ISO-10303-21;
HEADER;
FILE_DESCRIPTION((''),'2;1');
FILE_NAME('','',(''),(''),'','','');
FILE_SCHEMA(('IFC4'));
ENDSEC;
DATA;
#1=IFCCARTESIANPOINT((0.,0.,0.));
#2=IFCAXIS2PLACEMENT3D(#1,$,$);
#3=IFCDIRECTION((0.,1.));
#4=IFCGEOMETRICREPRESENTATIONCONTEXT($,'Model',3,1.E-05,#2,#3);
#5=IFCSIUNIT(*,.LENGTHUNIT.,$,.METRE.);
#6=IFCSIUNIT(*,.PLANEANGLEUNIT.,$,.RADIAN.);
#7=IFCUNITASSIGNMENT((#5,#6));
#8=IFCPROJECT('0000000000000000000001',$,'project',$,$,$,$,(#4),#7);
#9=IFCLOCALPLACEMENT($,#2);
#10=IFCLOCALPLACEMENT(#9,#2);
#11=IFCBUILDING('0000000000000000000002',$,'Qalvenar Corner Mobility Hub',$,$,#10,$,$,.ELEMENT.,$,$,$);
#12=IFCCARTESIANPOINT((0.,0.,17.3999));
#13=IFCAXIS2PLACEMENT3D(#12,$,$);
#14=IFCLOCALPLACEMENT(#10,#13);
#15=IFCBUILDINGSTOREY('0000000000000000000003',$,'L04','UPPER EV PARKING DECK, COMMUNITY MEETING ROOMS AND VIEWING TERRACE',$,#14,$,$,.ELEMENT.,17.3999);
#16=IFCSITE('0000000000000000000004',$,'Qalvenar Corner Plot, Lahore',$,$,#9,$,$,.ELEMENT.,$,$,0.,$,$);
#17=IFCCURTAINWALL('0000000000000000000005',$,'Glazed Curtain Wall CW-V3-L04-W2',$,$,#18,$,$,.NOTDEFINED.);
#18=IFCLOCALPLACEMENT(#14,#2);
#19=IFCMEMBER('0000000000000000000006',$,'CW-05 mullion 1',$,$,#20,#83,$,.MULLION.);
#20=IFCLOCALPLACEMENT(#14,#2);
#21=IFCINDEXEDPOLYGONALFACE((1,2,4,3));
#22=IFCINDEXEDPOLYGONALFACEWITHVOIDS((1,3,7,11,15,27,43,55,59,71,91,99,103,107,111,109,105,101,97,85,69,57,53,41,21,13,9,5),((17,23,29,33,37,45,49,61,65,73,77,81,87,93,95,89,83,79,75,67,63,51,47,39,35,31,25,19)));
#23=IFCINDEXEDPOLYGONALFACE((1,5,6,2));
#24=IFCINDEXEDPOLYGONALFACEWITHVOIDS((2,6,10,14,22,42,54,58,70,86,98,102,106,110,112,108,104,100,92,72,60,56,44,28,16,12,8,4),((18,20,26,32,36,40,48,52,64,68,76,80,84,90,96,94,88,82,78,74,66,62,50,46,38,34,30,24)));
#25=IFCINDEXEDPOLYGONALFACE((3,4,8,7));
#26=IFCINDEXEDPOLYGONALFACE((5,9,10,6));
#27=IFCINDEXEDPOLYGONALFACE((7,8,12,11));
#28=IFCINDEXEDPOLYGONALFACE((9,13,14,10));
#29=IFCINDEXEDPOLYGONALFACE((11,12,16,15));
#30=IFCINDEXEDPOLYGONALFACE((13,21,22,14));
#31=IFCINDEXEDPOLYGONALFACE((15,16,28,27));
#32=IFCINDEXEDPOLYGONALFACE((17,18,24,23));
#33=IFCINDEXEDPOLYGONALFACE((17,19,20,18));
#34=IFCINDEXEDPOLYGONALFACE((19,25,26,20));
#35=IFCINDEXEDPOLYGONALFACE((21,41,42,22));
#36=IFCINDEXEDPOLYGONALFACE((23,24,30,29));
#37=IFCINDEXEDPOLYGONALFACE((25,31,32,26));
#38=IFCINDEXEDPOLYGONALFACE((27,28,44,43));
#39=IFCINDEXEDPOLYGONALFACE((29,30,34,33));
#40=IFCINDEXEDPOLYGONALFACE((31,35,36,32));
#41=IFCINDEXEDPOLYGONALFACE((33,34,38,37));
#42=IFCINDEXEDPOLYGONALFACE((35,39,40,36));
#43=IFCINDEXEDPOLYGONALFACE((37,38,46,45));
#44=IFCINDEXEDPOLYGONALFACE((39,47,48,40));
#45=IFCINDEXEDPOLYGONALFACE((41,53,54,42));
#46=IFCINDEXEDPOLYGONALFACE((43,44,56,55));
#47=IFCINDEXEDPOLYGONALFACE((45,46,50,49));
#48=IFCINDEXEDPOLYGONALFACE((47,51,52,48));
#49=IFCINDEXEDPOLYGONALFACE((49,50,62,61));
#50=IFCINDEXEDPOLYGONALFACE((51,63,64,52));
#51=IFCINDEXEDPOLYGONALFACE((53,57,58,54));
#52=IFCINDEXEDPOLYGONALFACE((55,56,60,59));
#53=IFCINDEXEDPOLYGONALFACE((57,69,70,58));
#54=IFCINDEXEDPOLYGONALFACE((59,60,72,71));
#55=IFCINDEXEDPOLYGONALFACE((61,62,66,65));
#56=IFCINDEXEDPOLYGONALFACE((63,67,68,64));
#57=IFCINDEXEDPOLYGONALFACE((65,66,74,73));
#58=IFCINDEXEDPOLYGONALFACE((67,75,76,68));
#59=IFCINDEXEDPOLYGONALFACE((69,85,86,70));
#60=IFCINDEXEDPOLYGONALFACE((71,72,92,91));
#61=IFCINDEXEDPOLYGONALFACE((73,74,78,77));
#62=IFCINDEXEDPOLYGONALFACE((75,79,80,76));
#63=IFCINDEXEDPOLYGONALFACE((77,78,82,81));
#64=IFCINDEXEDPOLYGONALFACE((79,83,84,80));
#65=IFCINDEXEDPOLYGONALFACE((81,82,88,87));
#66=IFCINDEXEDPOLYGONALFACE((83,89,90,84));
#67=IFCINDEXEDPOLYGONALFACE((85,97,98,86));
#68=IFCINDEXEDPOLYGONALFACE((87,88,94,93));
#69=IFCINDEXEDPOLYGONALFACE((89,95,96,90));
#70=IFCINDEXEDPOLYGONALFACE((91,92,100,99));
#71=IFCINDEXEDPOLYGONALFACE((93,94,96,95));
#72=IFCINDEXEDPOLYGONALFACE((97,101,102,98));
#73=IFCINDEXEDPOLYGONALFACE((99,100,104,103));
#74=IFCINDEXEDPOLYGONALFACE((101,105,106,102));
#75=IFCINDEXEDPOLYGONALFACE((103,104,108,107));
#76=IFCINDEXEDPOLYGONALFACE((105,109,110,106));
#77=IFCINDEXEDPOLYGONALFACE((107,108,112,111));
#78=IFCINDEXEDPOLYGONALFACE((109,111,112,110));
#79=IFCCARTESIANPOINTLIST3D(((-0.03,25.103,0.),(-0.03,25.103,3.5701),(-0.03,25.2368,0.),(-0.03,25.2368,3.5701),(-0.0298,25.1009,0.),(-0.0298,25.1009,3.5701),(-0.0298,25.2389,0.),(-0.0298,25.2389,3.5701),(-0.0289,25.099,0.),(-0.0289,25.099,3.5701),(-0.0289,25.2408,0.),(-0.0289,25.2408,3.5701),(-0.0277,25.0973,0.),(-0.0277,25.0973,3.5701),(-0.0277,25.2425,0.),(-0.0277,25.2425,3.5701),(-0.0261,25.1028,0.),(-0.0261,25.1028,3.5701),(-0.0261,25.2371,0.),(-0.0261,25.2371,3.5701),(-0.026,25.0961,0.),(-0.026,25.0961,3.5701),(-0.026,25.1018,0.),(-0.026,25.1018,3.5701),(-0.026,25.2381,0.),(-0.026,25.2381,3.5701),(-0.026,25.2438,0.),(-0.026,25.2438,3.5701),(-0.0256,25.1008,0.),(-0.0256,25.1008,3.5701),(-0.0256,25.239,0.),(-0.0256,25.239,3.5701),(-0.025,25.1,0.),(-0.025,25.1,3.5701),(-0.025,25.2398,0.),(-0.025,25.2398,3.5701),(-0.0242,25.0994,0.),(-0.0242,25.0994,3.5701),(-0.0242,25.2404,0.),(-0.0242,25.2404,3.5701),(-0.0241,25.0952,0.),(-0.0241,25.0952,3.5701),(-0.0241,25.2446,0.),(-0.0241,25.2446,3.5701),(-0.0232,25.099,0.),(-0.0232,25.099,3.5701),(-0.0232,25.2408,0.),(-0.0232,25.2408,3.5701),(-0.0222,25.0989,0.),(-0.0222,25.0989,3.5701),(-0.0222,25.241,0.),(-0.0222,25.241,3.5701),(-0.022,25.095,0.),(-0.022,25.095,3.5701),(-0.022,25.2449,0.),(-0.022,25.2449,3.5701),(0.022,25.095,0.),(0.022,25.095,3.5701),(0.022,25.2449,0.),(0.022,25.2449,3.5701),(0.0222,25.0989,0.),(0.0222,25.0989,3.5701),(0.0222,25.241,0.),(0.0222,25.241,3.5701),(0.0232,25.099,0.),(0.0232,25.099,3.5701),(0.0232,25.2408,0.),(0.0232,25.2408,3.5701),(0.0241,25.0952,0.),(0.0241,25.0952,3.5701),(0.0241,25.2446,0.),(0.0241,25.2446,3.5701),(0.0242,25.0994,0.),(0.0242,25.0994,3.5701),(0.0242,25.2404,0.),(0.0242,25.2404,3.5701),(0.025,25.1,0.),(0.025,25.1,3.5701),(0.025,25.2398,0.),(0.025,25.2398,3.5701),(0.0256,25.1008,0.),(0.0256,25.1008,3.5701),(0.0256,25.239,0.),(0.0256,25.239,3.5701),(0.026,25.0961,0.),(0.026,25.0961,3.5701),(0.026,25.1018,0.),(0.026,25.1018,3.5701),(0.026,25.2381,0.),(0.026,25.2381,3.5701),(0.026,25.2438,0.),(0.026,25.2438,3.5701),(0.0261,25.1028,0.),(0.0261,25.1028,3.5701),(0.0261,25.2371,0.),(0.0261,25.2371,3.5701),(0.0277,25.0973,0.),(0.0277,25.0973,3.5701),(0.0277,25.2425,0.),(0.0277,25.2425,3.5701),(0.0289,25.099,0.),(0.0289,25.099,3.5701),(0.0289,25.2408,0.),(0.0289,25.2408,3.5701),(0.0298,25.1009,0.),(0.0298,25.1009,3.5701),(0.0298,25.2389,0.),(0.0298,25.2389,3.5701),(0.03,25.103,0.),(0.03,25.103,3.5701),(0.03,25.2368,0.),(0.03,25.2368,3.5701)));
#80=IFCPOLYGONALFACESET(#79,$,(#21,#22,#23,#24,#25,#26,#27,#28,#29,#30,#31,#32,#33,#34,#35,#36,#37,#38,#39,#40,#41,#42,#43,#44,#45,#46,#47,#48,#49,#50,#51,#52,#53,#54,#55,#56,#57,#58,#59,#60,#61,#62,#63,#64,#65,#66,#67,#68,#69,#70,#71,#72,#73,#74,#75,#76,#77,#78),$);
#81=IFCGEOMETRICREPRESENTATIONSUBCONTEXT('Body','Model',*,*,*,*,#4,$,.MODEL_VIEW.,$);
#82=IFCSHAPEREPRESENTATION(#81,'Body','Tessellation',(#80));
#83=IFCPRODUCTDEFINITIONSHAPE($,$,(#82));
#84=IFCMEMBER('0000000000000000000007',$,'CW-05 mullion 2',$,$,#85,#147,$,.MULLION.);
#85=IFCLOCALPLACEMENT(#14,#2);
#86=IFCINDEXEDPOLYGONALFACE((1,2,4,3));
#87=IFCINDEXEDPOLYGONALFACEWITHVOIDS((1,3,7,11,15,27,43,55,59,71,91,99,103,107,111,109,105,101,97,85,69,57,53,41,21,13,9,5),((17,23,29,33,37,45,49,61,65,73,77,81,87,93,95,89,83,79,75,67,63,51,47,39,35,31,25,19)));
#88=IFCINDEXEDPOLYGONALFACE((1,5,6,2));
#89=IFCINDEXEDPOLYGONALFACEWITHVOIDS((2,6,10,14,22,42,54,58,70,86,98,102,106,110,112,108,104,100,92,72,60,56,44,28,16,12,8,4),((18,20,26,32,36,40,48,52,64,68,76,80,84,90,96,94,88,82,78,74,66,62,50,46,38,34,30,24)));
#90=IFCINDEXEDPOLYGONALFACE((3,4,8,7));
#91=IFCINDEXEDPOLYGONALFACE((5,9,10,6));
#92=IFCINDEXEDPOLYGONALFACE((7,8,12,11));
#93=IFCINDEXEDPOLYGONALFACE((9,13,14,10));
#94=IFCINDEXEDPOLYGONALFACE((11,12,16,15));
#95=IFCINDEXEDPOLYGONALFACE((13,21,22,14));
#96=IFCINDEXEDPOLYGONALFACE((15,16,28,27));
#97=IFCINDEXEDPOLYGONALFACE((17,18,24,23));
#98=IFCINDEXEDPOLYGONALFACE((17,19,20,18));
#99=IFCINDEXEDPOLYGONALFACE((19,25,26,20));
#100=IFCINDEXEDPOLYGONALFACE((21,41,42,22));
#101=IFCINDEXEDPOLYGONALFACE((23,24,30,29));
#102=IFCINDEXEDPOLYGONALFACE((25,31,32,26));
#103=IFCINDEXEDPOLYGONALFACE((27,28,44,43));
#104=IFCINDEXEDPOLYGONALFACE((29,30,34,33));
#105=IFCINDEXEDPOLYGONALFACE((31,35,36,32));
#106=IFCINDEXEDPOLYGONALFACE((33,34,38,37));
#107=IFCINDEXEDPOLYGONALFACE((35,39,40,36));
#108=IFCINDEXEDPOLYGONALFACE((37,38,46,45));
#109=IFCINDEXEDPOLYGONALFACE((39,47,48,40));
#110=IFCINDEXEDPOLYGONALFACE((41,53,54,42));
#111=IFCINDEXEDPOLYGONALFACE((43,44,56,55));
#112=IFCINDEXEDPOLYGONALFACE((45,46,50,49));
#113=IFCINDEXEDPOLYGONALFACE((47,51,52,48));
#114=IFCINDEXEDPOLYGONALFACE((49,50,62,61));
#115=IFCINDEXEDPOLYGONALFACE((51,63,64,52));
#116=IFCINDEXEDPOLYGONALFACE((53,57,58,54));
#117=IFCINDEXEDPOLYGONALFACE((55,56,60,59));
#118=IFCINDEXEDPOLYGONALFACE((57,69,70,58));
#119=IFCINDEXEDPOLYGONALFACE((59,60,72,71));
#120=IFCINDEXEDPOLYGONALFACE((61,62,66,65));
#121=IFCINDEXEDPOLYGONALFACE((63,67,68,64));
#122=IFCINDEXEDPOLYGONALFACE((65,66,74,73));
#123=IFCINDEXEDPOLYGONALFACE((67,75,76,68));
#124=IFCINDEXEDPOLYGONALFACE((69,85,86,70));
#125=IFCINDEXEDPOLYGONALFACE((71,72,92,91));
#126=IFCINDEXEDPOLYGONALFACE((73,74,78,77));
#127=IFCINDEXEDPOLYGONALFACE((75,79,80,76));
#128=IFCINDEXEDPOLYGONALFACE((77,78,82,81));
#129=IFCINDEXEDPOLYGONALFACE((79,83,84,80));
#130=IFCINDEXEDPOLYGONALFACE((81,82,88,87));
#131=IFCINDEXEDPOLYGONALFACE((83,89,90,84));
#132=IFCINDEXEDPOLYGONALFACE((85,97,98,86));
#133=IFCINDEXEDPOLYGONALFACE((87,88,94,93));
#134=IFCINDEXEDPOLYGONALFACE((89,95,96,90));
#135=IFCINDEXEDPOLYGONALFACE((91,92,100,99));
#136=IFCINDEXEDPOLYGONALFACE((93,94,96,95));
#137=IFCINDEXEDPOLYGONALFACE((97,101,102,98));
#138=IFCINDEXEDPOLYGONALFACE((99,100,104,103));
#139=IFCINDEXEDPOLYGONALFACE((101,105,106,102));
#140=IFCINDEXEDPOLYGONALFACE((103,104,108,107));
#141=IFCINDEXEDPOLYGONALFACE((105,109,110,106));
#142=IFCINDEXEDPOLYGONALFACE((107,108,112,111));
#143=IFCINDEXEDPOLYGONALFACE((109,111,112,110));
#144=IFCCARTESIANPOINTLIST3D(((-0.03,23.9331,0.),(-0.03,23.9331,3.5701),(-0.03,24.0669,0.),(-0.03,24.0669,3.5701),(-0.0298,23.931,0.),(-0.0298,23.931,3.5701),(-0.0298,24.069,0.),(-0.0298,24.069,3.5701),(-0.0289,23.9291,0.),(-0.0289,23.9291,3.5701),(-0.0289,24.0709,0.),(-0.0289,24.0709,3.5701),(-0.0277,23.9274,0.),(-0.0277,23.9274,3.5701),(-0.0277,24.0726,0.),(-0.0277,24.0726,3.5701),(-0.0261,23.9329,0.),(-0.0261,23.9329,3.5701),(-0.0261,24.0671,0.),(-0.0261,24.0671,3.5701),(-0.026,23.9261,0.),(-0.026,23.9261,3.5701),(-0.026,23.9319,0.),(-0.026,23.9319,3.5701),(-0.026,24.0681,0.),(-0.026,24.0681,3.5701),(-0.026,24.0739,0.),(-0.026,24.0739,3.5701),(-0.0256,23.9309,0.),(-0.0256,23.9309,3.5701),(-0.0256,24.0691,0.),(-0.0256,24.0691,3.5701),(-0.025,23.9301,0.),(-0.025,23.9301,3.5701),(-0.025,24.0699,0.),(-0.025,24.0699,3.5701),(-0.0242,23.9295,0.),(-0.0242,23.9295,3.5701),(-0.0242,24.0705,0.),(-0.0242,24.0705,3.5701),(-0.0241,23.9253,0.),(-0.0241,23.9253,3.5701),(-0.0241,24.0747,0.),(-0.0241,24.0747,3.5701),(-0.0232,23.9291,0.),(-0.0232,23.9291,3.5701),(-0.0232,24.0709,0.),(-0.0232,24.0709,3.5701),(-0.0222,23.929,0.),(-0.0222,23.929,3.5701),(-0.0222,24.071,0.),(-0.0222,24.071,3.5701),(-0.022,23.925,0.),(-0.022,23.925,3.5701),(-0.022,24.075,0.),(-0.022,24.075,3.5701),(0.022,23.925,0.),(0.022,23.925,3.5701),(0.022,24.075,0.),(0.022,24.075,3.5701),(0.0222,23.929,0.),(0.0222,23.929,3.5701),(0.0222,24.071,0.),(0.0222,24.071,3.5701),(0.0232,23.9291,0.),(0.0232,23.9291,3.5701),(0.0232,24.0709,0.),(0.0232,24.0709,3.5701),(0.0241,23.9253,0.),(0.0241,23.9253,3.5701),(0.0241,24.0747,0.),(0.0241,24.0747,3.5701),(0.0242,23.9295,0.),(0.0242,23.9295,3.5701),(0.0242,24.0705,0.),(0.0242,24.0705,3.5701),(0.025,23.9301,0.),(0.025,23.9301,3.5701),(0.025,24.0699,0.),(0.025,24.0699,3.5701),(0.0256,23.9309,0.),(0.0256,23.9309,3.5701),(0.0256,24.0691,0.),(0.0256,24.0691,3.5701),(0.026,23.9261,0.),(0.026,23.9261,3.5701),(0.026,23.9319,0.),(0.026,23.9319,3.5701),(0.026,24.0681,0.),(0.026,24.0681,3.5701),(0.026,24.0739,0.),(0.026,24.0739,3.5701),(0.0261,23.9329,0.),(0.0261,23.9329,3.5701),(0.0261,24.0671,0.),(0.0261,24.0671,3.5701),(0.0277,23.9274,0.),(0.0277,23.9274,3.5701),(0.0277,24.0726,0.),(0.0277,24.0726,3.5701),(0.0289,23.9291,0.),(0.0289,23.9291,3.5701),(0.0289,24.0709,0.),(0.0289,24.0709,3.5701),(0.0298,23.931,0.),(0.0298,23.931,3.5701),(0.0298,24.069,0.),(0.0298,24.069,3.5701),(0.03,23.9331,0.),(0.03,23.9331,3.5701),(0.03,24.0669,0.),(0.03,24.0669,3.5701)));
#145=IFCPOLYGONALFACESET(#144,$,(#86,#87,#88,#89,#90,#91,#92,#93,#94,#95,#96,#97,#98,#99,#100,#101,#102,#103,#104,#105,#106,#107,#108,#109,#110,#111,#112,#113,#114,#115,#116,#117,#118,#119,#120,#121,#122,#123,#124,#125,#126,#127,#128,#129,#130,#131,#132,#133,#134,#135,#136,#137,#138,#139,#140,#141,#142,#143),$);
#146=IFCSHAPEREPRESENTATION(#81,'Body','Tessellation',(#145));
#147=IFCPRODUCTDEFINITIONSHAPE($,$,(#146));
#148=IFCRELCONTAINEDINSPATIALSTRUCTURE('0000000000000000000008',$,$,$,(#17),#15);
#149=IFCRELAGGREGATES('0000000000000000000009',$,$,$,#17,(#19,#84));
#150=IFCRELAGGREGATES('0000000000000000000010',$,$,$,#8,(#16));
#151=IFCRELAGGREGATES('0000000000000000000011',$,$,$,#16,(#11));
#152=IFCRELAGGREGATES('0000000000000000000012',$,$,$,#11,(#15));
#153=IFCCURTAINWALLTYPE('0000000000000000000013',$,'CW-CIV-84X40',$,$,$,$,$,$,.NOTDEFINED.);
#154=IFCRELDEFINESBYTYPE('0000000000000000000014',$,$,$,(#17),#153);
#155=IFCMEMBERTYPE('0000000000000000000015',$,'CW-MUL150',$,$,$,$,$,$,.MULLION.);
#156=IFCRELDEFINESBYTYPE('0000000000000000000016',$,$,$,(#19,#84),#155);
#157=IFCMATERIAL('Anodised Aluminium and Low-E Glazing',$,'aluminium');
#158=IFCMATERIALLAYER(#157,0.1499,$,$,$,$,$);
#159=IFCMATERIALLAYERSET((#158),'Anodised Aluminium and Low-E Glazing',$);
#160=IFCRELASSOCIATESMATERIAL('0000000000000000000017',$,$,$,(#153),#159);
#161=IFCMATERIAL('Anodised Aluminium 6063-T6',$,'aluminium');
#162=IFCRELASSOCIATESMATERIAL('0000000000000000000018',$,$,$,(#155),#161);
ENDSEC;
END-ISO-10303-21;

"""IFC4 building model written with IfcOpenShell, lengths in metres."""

from ifc_helpers import new_model, si_unit, direction, frame, origin, origin_2d, place, context, subcontext, project, spatial, hollow_rectangle, extrude, material, layer, layer_set, material_profile, profile_set, type_object, element, aggregate, save


model = new_model("IFC4")

# Units and contexts
model_context = context("Model", 3, precision=1e-05, world=origin(), true_north=direction((0.0, 1.0)))
body_context = subcontext(model_context, "Body", "Model", "MODEL_VIEW")
ifc_project = project(units=[si_unit("LENGTHUNIT", "METRE"), si_unit("PLANEANGLEUNIT", "RADIAN")], contexts=[model_context])

# Site, building, storey
site_placement = place(None, origin())
site = spatial("IfcSite", under=ifc_project, at=site_placement, Name="Qalvenar Corner Plot, Lahore", CompositionType="ELEMENT", RefElevation=0.0)
building_placement = place(site_placement, origin())
building = spatial("IfcBuilding", under=site, at=building_placement, Name="Qalvenar Corner Mobility Hub", CompositionType="ELEMENT")
storey_placement = place(building_placement, frame((0.0, 0.0, 17.3999)))
storey = spatial("IfcBuildingStorey", under=building, at=storey_placement, Name="L04", Description="UPPER EV PARKING DECK, COMMUNITY MEETING ROOMS AND VIEWING TERRACE", CompositionType="ELEMENT", Elevation=17.3999)

# Curtain wall, members
ifc_material_1 = material(Name="Anodised Aluminium and Low-E Glazing", Category="aluminium")
ifc_layer_1 = layer(ifc_material_1, 0.1499)
ifc_layer_set_1 = layer_set([ifc_layer_1], Name="Anodised Aluminium and Low-E Glazing")
curtain_wall_type = type_object("IfcCurtainWallType", Name="CW-CIV-84X40", PredefinedType="NOTDEFINED", material=ifc_layer_set_1)
curtain_wall_placement = place(storey_placement, origin())
curtain_wall = element("IfcCurtainWall", 1, at=curtain_wall_placement, inside=storey, type_object=curtain_wall_type, Name="Glazed Curtain Wall CW-V3-L04-W2", PredefinedType="NOTDEFINED")
ifc_material_2 = material(Name="Anodised Aluminium 6063-T6", Category="aluminium")
ifc_material_profile_1 = material_profile(ifc_material_2, hollow_rectangle(XDim=0.0601, YDim=0.1499, WallThickness=0.0039, InnerFilletRadius=0.0039, OuterFilletRadius=0.0081, at=origin_2d()), Name="RHS150x60x4")
ifc_profile_set_1 = profile_set([ifc_material_profile_1], Name="Anodised Aluminium 6063-T6")
member_type_1 = type_object("IfcMemberType", Name="CW-MUL150", PredefinedType="MULLION", material=ifc_profile_set_1)
member_1_placement = place(storey_placement, frame((0.0, 25.1699, 0.0), z_axis=(0.0, 0.0, 1.0), x_axis=(1.0, 0.0, 0.0)))
member_1 = element("IfcMember", 2, at=member_1_placement, type_object=member_type_1, Name="CW-05 mullion 1", PredefinedType="MULLION", context=body_context, shape_type="SweptSolid", body=[
    extrude(hollow_rectangle(XDim=0.0601, YDim=0.1499, WallThickness=0.0039, InnerFilletRadius=0.0039, OuterFilletRadius=0.0081, at=origin_2d()), origin(), (0.0, 0.0, 1.0), 3.5701),
])
member_2_placement = place(storey_placement, frame((0.0, 24.0, 0.0), z_axis=(0.0, 0.0, 1.0), x_axis=(1.0, 0.0, 0.0)))
member_2 = element("IfcMember", 3, at=member_2_placement, type_object=member_type_1, Name="CW-05 mullion 2", PredefinedType="MULLION", context=body_context, shape_type="SweptSolid", body=[
    extrude(hollow_rectangle(XDim=0.0601, YDim=0.1499, WallThickness=0.0039, InnerFilletRadius=0.0039, OuterFilletRadius=0.0081, at=origin_2d()), origin(), (0.0, 0.0, 1.0), 3.5701),
])
aggregate(curtain_wall, [member_1, member_2])

save(model, "model.ifc")
